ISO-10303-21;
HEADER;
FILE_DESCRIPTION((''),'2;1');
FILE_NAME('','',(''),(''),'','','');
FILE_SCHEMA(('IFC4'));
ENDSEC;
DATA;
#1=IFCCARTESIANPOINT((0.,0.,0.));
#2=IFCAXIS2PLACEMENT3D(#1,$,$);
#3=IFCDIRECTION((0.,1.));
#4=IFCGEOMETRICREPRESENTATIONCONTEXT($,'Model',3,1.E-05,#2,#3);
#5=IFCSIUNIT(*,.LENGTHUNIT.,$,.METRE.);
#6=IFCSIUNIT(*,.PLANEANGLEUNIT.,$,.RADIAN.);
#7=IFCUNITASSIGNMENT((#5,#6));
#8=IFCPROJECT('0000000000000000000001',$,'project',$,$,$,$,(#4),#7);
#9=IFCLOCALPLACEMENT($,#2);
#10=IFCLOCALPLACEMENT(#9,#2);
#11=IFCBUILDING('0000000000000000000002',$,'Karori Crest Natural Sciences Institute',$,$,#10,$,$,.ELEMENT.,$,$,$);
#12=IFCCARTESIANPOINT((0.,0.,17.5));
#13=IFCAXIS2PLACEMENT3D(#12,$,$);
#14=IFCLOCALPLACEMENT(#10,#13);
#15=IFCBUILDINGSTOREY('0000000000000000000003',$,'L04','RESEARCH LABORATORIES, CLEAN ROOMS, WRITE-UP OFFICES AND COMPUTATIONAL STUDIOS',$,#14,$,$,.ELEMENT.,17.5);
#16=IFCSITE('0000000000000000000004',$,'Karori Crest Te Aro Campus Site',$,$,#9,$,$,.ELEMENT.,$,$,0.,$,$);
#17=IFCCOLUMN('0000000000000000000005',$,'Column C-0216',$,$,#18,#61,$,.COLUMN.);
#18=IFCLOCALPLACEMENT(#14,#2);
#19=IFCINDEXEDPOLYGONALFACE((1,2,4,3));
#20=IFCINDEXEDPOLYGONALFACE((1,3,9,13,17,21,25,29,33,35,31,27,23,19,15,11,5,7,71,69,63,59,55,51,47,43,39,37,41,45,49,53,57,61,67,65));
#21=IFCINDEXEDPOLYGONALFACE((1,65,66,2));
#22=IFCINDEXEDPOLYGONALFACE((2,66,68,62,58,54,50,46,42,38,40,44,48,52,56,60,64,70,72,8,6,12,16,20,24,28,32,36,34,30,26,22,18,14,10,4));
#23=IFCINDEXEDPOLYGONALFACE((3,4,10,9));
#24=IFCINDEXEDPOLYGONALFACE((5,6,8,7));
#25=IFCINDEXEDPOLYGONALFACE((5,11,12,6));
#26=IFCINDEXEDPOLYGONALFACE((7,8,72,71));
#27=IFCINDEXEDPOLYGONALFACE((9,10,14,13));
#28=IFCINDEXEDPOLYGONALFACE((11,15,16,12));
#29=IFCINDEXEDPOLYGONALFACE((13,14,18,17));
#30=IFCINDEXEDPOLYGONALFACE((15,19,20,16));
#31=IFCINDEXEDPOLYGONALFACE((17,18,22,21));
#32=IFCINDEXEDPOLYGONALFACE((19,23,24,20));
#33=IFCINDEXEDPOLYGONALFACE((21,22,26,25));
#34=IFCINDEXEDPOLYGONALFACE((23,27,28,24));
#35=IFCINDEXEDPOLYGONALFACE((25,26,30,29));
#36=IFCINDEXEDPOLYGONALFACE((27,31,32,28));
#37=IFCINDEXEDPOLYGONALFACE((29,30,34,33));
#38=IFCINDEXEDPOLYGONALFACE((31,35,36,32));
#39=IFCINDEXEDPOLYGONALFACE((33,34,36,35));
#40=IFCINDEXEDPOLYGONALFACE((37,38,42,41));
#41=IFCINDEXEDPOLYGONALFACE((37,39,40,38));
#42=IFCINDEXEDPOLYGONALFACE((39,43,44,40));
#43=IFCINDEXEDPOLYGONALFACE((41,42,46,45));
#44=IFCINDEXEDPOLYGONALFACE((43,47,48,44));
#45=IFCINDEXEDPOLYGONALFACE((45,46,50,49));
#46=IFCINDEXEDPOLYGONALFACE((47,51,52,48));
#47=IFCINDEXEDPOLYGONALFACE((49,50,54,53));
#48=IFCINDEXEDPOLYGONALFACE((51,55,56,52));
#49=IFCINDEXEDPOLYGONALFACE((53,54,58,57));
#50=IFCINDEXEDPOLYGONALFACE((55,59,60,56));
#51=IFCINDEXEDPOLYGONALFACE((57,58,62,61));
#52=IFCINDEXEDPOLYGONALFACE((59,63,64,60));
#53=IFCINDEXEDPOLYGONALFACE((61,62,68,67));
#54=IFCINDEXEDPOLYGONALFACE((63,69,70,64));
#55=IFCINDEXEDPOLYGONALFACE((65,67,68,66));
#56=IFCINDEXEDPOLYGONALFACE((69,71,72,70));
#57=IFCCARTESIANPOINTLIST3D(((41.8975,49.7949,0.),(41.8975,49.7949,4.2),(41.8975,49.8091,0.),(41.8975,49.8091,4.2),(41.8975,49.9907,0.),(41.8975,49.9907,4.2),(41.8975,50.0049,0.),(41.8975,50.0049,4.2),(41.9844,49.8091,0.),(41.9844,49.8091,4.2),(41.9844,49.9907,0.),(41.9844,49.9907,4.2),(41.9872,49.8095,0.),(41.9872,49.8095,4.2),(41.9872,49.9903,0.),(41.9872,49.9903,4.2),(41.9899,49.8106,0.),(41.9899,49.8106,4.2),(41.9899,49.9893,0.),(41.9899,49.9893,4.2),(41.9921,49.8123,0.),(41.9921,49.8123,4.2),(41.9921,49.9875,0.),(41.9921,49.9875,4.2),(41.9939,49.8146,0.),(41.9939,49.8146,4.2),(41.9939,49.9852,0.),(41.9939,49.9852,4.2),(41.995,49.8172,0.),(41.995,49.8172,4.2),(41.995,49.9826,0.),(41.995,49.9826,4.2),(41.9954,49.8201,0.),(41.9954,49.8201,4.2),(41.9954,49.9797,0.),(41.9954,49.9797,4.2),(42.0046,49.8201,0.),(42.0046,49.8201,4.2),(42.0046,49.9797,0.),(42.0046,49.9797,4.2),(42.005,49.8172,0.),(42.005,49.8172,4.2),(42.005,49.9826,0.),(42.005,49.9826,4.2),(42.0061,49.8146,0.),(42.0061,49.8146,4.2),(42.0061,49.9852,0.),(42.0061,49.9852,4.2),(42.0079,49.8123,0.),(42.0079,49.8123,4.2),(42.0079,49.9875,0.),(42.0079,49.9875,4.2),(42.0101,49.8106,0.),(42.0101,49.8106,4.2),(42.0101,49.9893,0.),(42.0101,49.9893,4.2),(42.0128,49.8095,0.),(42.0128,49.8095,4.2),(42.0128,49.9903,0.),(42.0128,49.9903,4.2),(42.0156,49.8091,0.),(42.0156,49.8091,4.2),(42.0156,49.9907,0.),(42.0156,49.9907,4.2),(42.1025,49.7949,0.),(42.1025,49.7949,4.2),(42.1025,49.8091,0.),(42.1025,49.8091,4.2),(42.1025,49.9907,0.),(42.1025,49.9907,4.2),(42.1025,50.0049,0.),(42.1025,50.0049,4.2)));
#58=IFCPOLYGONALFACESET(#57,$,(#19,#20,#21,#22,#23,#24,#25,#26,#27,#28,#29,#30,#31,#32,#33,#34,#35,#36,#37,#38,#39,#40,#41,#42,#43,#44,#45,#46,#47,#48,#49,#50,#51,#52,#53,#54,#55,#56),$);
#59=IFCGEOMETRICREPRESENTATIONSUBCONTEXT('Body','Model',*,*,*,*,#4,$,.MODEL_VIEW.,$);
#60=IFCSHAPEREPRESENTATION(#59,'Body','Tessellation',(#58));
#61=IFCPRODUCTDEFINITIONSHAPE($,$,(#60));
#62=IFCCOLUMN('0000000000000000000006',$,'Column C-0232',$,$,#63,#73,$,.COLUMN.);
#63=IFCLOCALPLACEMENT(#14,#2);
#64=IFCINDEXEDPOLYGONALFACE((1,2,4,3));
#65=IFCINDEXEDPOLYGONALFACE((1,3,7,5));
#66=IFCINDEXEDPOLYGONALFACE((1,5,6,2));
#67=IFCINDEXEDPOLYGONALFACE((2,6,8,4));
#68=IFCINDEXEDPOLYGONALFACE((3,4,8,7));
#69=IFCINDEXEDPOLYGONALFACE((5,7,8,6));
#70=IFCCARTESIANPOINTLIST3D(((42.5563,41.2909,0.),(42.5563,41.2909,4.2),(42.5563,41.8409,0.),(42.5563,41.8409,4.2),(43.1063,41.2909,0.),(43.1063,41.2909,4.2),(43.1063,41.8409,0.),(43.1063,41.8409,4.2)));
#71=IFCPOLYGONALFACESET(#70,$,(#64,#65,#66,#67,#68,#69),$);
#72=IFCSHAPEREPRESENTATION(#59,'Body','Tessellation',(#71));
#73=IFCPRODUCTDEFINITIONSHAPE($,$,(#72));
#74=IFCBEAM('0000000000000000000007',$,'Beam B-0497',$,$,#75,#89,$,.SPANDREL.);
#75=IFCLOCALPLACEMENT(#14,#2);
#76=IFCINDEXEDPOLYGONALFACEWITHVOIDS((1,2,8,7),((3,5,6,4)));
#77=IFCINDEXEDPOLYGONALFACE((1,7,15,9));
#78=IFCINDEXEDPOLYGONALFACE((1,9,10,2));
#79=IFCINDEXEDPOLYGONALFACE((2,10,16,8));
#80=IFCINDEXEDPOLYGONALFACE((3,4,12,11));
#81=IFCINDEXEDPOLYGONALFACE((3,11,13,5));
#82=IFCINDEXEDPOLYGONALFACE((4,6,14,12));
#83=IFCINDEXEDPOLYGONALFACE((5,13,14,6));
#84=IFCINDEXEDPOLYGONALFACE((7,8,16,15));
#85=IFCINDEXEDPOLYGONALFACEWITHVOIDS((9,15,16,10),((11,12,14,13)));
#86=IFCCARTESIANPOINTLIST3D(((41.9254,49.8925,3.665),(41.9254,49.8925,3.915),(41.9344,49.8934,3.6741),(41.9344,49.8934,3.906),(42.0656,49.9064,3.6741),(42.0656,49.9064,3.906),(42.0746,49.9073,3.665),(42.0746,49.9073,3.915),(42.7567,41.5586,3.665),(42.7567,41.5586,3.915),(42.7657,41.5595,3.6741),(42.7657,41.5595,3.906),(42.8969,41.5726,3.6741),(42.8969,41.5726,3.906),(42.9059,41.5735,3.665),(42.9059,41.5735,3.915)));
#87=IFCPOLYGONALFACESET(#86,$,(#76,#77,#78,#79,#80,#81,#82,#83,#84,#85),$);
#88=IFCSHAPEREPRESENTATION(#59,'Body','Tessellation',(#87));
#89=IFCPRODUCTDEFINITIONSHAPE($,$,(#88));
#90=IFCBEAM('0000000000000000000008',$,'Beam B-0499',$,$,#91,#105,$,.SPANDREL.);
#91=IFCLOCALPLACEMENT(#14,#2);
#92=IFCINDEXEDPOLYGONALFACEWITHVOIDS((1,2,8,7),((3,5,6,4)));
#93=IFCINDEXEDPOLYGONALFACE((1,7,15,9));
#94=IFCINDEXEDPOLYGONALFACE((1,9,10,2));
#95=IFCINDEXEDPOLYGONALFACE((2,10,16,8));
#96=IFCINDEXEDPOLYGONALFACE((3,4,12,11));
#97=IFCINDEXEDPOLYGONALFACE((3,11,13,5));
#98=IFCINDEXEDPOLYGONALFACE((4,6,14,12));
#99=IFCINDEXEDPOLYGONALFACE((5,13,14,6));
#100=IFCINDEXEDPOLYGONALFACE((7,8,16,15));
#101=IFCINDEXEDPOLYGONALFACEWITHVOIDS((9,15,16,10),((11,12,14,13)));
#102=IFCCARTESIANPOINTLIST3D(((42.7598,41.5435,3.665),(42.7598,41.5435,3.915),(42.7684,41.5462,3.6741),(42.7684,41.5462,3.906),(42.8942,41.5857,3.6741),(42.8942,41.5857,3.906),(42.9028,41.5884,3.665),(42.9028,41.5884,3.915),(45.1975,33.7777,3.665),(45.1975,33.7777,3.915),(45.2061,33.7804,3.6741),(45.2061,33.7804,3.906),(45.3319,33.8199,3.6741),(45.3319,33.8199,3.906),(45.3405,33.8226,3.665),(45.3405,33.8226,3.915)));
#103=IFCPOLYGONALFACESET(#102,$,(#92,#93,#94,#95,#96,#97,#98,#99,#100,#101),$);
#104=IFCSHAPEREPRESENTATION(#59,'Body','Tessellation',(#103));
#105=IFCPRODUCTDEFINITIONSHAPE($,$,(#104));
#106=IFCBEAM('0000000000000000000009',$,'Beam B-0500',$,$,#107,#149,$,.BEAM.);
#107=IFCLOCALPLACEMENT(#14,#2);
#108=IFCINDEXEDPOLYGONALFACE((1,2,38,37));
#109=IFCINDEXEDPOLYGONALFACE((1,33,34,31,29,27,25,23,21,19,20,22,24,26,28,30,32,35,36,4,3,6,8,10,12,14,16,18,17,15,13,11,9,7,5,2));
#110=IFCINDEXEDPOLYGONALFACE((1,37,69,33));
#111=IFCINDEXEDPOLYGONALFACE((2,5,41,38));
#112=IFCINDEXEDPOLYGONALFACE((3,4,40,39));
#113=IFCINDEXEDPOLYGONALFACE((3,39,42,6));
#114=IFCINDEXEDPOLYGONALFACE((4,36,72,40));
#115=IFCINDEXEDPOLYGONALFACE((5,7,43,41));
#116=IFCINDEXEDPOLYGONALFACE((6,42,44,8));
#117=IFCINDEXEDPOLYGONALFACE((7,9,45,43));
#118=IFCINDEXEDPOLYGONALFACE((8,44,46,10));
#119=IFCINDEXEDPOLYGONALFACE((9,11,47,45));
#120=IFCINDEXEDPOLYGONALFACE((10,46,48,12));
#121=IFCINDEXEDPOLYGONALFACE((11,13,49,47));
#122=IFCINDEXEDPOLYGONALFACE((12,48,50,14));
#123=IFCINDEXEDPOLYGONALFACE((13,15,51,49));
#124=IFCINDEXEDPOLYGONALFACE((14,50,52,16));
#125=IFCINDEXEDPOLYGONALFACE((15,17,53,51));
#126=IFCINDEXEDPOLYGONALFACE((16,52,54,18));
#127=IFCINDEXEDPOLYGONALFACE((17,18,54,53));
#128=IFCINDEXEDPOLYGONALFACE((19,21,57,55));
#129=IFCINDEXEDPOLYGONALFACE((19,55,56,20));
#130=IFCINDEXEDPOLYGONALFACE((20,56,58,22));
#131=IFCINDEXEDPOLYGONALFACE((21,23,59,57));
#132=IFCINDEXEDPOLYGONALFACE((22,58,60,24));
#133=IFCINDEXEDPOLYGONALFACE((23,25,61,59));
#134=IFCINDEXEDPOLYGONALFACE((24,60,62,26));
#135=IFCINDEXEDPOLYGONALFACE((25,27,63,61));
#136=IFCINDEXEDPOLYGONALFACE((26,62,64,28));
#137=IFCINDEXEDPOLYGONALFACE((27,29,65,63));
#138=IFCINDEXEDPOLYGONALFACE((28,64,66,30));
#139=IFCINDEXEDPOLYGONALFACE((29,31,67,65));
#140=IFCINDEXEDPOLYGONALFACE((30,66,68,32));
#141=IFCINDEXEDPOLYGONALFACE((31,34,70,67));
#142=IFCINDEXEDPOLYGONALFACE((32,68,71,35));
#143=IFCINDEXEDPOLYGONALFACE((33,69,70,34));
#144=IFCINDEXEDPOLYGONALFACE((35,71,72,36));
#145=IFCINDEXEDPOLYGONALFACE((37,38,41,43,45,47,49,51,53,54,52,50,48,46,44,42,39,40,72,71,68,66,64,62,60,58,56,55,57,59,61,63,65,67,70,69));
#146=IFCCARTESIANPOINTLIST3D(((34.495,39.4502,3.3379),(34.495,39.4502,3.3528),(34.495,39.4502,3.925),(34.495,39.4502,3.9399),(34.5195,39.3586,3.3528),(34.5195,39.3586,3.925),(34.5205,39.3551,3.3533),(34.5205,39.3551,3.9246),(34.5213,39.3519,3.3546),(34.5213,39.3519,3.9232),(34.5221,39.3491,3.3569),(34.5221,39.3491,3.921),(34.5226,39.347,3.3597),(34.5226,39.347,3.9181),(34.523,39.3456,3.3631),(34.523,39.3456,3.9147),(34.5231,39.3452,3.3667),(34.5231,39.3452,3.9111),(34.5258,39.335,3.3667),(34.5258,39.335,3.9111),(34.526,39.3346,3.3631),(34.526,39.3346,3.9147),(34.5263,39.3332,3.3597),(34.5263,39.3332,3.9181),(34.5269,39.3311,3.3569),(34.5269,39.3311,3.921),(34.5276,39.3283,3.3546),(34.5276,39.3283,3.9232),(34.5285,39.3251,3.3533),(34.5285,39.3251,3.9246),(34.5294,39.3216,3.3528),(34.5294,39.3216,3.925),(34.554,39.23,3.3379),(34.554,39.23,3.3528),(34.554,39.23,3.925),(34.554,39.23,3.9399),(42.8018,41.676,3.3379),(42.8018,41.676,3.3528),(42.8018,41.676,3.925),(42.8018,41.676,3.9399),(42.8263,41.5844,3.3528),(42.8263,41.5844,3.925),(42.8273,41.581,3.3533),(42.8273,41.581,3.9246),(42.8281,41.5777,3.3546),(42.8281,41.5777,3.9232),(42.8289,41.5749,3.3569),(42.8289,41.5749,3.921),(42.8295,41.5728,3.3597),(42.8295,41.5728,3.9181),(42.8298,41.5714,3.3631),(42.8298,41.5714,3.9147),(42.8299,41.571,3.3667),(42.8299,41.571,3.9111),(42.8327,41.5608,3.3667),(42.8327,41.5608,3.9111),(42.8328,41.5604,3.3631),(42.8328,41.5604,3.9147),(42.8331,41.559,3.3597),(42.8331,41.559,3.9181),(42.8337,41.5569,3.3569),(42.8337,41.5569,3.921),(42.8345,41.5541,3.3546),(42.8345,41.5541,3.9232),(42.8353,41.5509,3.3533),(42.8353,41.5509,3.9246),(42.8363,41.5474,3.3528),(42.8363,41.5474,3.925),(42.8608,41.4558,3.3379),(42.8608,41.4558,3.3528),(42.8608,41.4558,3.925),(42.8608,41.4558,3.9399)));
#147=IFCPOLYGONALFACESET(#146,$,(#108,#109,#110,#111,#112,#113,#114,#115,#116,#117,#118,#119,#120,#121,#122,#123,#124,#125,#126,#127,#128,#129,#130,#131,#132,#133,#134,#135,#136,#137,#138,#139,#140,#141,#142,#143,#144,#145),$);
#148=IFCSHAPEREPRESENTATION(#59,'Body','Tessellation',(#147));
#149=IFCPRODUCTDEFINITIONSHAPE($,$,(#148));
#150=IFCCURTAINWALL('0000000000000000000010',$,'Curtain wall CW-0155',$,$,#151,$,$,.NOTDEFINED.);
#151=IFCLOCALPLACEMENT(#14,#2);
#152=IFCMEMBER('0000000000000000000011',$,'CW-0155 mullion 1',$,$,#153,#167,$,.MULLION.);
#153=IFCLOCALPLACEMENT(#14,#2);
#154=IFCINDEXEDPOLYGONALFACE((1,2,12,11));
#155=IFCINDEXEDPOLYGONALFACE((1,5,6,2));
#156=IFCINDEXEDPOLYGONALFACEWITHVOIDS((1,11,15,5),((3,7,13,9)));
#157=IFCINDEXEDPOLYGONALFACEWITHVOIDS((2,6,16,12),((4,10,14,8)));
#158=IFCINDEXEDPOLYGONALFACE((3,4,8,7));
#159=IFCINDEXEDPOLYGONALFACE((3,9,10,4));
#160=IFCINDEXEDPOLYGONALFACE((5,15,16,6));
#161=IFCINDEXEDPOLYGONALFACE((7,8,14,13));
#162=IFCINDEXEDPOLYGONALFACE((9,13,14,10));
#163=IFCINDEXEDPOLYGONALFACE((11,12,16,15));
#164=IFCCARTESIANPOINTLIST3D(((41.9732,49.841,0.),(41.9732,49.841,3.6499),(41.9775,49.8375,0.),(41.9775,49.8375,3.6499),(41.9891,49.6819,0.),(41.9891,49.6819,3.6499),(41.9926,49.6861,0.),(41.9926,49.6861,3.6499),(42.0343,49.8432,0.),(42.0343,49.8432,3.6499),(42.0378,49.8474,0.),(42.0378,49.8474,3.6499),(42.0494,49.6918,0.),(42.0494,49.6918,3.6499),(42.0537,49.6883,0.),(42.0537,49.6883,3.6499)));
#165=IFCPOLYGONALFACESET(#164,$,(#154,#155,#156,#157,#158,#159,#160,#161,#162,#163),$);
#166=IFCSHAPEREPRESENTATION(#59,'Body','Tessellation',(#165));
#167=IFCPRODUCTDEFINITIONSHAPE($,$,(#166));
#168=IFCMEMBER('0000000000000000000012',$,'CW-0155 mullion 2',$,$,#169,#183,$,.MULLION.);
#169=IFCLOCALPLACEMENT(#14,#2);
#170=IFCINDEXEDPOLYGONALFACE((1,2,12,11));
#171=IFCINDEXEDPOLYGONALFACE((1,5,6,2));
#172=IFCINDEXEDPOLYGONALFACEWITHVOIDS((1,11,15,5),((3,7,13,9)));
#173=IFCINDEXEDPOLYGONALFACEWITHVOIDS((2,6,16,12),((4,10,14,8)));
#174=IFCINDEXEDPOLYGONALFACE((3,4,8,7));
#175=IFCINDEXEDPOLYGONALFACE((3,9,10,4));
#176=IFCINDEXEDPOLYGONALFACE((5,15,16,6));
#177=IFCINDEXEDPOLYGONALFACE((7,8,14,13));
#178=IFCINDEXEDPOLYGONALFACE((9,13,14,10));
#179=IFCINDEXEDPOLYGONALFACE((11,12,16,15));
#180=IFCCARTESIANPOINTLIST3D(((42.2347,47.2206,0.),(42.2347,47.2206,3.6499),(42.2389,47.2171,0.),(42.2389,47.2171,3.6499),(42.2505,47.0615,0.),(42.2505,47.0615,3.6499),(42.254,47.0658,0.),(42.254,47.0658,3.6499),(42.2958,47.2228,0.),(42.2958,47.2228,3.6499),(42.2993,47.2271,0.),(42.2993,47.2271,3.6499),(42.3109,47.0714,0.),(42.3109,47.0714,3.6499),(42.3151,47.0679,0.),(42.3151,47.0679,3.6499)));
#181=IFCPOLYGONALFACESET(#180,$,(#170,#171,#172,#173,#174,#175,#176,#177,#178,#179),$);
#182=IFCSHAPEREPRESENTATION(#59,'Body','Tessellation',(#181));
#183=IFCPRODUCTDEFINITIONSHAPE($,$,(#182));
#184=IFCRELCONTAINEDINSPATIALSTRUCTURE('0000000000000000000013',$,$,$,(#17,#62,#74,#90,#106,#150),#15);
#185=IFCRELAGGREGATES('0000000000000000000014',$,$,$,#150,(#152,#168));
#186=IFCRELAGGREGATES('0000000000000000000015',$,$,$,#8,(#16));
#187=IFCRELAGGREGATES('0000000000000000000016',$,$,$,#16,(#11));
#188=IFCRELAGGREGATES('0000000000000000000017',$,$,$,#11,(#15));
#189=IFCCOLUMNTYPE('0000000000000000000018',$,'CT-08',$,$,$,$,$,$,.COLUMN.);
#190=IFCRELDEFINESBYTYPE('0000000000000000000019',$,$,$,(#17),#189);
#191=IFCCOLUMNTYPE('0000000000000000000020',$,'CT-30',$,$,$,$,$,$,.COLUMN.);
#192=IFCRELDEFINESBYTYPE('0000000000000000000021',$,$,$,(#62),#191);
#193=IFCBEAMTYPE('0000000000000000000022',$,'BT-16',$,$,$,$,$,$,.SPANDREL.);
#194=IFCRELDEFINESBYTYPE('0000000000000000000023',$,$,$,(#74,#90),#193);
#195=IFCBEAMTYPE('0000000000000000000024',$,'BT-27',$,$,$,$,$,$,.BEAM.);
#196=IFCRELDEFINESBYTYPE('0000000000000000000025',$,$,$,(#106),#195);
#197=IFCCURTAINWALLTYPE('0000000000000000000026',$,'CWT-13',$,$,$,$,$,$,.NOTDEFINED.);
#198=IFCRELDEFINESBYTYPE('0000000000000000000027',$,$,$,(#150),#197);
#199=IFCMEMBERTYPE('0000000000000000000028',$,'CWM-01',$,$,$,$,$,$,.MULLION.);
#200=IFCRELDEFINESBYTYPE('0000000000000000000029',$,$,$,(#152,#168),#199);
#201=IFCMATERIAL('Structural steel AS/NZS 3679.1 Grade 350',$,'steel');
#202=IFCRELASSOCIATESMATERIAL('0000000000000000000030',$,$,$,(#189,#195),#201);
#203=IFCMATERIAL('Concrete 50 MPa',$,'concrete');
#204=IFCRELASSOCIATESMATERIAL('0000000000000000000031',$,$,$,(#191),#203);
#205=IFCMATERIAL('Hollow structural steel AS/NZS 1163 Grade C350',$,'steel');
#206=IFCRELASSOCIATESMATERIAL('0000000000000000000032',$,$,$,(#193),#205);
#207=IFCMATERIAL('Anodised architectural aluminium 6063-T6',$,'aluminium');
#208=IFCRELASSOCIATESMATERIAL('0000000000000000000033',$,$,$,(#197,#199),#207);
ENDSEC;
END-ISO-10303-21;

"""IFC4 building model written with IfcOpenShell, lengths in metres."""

from ifc_helpers import new_model, si_unit, direction, frame, origin, origin_2d, place, context, subcontext, project, spatial, rectangle, hollow_rectangle, i_section, extrude, material, material_profile, profile_set, type_object, element, aggregate, save


model = new_model("IFC4")

# Units and contexts
model_context = context("Model", 3, precision=1e-05, world=origin(), true_north=direction((0.0, 1.0)))
body_context = subcontext(model_context, "Body", "Model", "MODEL_VIEW")
ifc_project = project(units=[si_unit("LENGTHUNIT", "METRE"), si_unit("PLANEANGLEUNIT", "RADIAN")], contexts=[model_context])

# Site, building, storey
site_placement = place(None, origin())
site = spatial("IfcSite", under=ifc_project, at=site_placement, Name="Karori Crest Te Aro Campus Site", CompositionType="ELEMENT", RefElevation=0.0)
building_placement = place(site_placement, origin())
building = spatial("IfcBuilding", under=site, at=building_placement, Name="Karori Crest Natural Sciences Institute", CompositionType="ELEMENT")
storey_placement = place(building_placement, frame((0.0, 0.0, 17.5)))
storey = spatial("IfcBuildingStorey", under=building, at=storey_placement, Name="L04", Description="RESEARCH LABORATORIES, CLEAN ROOMS, WRITE-UP OFFICES AND COMPUTATIONAL STUDIOS", CompositionType="ELEMENT", Elevation=17.5)

# Columns
ifc_material_1 = material(Name="Structural steel AS/NZS 3679.1 Grade 350", Category="steel")
ifc_material_profile_1 = material_profile(ifc_material_1, i_section(OverallWidth=0.2051, OverallDepth=0.21, WebThickness=0.0093, FlangeThickness=0.0142, FilletRadius=0.011, at=origin_2d()), Name="200UC59.5")
ifc_profile_set_1 = profile_set([ifc_material_profile_1], Name="Structural steel AS/NZS 3679.1 Grade 350")
column_type_1 = type_object("IfcColumnType", Name="CT-08", PredefinedType="COLUMN", material=ifc_profile_set_1)
column_1_placement = place(storey_placement, frame((42.0, 49.8999, 0.0), z_axis=(0.0, 0.0, 1.0), x_axis=(1.0, 0.0, 0.0)))
element("IfcColumn", 1, at=column_1_placement, inside=storey, type_object=column_type_1, Name="Column C-0216", PredefinedType="COLUMN", context=body_context, shape_type="SweptSolid", body=[
    extrude(i_section(OverallWidth=0.2051, OverallDepth=0.21, WebThickness=0.0093, FlangeThickness=0.0142, FilletRadius=0.011, at=origin_2d()), origin(), (0.0, 0.0, 1.0), 4.2),
])
ifc_material_2 = material(Name="Concrete 50 MPa", Category="concrete")
ifc_material_profile_2 = material_profile(ifc_material_2, rectangle(XDim=0.55, YDim=0.55, at=origin_2d()), Name="RC550x550")
ifc_profile_set_2 = profile_set([ifc_material_profile_2], Name="Concrete 50 MPa")
column_type_2 = type_object("IfcColumnType", Name="CT-30", PredefinedType="COLUMN", material=ifc_profile_set_2)
column_2_placement = place(storey_placement, frame((42.8313, 41.5659, 0.0), z_axis=(0.0, 0.0, 1.0), x_axis=(1.0, 0.0, 0.0)))
element("IfcColumn", 2, at=column_2_placement, inside=storey, type_object=column_type_2, Name="Column C-0232", PredefinedType="COLUMN", context=body_context, shape_type="SweptSolid", body=[
    extrude(rectangle(XDim=0.55, YDim=0.55, at=origin_2d()), origin(), (0.0, 0.0, 1.0), 4.2),
])

# Beams
ifc_material_3 = material(Name="Hollow structural steel AS/NZS 1163 Grade C350", Category="steel")
ifc_material_profile_3 = material_profile(ifc_material_3, hollow_rectangle(XDim=0.1499, YDim=0.25, WallThickness=0.009, at=origin_2d()), Name="RHS250x150x9")
ifc_profile_set_3 = profile_set([ifc_material_profile_3], Name="Hollow structural steel AS/NZS 1163 Grade C350")
beam_type_1 = type_object("IfcBeamType", Name="BT-16", PredefinedType="SPANDREL", material=ifc_profile_set_3)
beam_1_placement = place(storey_placement, frame((42.0, 49.8999, 3.79), z_axis=(0.099256, -0.995062, 0.0), x_axis=(0.995062, 0.099256, 0.0)))
element("IfcBeam", 3, at=beam_1_placement, inside=storey, type_object=beam_type_1, Name="Beam B-0497", PredefinedType="SPANDREL", context=body_context, shape_type="SweptSolid", body=[
    extrude(hollow_rectangle(XDim=0.1499, YDim=0.25, WallThickness=0.009, at=origin_2d()), origin(), (0.0, 0.0, 1.0), 8.3752),
])
beam_2_placement = place(storey_placement, frame((42.8313, 41.5659, 3.79), z_axis=(0.299496, -0.954098, 0.0), x_axis=(0.954098, 0.299496, 0.0)))
element("IfcBeam", 4, at=beam_2_placement, inside=storey, type_object=beam_type_1, Name="Beam B-0499", PredefinedType="SPANDREL", context=body_context, shape_type="SweptSolid", body=[
    extrude(hollow_rectangle(XDim=0.1499, YDim=0.25, WallThickness=0.009, at=origin_2d()), origin(), (0.0, 0.0, 1.0), 8.1394),
])
ifc_material_profile_4 = material_profile(ifc_material_1, i_section(OverallWidth=0.228, OverallDepth=0.6021, WebThickness=0.0105, FlangeThickness=0.0149, FilletRadius=0.0139, at=origin_2d()), Name="610UB101")
ifc_profile_set_4 = profile_set([ifc_material_profile_4], Name="Structural steel AS/NZS 3679.1 Grade 350")
beam_type_2 = type_object("IfcBeamType", Name="BT-27", PredefinedType="BEAM", material=ifc_profile_set_4)
beam_3_placement = place(storey_placement, frame((42.8313, 41.5659, 3.6389), z_axis=(-0.965926, -0.25882, 0.0), x_axis=(0.25882, -0.965926, 0.0)))
element("IfcBeam", 5, at=beam_3_placement, inside=storey, type_object=beam_type_2, Name="Beam B-0500", PredefinedType="BEAM", context=body_context, shape_type="SweptSolid", body=[
    extrude(i_section(OverallWidth=0.228, OverallDepth=0.6021, WebThickness=0.0105, FlangeThickness=0.0149, FilletRadius=0.0139, at=origin_2d()), origin(), (0.0, 0.0, 1.0), 8.5999),
])

# Curtain wall, members
ifc_material_4 = material(Name="Anodised architectural aluminium 6063-T6", Category="aluminium")
curtain_wall_type = type_object("IfcCurtainWallType", Name="CWT-13", PredefinedType="NOTDEFINED", material=ifc_material_4)
curtain_wall_placement = place(storey_placement, origin())
curtain_wall = element("IfcCurtainWall", 6, at=curtain_wall_placement, inside=storey, type_object=curtain_wall_type, Name="Curtain wall CW-0155", PredefinedType="NOTDEFINED")
ifc_material_profile_5 = material_profile(ifc_material_4, hollow_rectangle(XDim=0.0649, YDim=0.1599, WallThickness=0.0039, at=origin_2d()), Name="CWM160x65x4")
ifc_profile_set_5 = profile_set([ifc_material_profile_5], Name="Anodised architectural aluminium 6063-T6")
member_type_1 = type_object("IfcMemberType", Name="CWM-01", PredefinedType="MULLION", material=ifc_profile_set_5)
member_1_placement = place(storey_placement, frame((42.0134, 49.7646, 0.0), z_axis=(0.0, 0.0, 1.0), x_axis=(0.995061, 0.099268, 0.0)))
member_1 = element("IfcMember", 7, at=member_1_placement, type_object=member_type_1, Name="CW-0155 mullion 1", PredefinedType="MULLION", context=body_context, shape_type="SweptSolid", body=[
    extrude(hollow_rectangle(XDim=0.0649, YDim=0.1599, WallThickness=0.0039, at=origin_2d()), origin(), (0.0, 0.0, 1.0), 3.6499),
])
member_2_placement = place(storey_placement, frame((42.2749, 47.1443, 0.0), z_axis=(0.0, 0.0, 1.0), x_axis=(0.995061, 0.099268, 0.0)))
member_2 = element("IfcMember", 8, at=member_2_placement, type_object=member_type_1, Name="CW-0155 mullion 2", PredefinedType="MULLION", context=body_context, shape_type="SweptSolid", body=[
    extrude(hollow_rectangle(XDim=0.0649, YDim=0.1599, WallThickness=0.0039, at=origin_2d()), origin(), (0.0, 0.0, 1.0), 3.6499),
])
aggregate(curtain_wall, [member_1, member_2])

save(model, "model.ifc")
